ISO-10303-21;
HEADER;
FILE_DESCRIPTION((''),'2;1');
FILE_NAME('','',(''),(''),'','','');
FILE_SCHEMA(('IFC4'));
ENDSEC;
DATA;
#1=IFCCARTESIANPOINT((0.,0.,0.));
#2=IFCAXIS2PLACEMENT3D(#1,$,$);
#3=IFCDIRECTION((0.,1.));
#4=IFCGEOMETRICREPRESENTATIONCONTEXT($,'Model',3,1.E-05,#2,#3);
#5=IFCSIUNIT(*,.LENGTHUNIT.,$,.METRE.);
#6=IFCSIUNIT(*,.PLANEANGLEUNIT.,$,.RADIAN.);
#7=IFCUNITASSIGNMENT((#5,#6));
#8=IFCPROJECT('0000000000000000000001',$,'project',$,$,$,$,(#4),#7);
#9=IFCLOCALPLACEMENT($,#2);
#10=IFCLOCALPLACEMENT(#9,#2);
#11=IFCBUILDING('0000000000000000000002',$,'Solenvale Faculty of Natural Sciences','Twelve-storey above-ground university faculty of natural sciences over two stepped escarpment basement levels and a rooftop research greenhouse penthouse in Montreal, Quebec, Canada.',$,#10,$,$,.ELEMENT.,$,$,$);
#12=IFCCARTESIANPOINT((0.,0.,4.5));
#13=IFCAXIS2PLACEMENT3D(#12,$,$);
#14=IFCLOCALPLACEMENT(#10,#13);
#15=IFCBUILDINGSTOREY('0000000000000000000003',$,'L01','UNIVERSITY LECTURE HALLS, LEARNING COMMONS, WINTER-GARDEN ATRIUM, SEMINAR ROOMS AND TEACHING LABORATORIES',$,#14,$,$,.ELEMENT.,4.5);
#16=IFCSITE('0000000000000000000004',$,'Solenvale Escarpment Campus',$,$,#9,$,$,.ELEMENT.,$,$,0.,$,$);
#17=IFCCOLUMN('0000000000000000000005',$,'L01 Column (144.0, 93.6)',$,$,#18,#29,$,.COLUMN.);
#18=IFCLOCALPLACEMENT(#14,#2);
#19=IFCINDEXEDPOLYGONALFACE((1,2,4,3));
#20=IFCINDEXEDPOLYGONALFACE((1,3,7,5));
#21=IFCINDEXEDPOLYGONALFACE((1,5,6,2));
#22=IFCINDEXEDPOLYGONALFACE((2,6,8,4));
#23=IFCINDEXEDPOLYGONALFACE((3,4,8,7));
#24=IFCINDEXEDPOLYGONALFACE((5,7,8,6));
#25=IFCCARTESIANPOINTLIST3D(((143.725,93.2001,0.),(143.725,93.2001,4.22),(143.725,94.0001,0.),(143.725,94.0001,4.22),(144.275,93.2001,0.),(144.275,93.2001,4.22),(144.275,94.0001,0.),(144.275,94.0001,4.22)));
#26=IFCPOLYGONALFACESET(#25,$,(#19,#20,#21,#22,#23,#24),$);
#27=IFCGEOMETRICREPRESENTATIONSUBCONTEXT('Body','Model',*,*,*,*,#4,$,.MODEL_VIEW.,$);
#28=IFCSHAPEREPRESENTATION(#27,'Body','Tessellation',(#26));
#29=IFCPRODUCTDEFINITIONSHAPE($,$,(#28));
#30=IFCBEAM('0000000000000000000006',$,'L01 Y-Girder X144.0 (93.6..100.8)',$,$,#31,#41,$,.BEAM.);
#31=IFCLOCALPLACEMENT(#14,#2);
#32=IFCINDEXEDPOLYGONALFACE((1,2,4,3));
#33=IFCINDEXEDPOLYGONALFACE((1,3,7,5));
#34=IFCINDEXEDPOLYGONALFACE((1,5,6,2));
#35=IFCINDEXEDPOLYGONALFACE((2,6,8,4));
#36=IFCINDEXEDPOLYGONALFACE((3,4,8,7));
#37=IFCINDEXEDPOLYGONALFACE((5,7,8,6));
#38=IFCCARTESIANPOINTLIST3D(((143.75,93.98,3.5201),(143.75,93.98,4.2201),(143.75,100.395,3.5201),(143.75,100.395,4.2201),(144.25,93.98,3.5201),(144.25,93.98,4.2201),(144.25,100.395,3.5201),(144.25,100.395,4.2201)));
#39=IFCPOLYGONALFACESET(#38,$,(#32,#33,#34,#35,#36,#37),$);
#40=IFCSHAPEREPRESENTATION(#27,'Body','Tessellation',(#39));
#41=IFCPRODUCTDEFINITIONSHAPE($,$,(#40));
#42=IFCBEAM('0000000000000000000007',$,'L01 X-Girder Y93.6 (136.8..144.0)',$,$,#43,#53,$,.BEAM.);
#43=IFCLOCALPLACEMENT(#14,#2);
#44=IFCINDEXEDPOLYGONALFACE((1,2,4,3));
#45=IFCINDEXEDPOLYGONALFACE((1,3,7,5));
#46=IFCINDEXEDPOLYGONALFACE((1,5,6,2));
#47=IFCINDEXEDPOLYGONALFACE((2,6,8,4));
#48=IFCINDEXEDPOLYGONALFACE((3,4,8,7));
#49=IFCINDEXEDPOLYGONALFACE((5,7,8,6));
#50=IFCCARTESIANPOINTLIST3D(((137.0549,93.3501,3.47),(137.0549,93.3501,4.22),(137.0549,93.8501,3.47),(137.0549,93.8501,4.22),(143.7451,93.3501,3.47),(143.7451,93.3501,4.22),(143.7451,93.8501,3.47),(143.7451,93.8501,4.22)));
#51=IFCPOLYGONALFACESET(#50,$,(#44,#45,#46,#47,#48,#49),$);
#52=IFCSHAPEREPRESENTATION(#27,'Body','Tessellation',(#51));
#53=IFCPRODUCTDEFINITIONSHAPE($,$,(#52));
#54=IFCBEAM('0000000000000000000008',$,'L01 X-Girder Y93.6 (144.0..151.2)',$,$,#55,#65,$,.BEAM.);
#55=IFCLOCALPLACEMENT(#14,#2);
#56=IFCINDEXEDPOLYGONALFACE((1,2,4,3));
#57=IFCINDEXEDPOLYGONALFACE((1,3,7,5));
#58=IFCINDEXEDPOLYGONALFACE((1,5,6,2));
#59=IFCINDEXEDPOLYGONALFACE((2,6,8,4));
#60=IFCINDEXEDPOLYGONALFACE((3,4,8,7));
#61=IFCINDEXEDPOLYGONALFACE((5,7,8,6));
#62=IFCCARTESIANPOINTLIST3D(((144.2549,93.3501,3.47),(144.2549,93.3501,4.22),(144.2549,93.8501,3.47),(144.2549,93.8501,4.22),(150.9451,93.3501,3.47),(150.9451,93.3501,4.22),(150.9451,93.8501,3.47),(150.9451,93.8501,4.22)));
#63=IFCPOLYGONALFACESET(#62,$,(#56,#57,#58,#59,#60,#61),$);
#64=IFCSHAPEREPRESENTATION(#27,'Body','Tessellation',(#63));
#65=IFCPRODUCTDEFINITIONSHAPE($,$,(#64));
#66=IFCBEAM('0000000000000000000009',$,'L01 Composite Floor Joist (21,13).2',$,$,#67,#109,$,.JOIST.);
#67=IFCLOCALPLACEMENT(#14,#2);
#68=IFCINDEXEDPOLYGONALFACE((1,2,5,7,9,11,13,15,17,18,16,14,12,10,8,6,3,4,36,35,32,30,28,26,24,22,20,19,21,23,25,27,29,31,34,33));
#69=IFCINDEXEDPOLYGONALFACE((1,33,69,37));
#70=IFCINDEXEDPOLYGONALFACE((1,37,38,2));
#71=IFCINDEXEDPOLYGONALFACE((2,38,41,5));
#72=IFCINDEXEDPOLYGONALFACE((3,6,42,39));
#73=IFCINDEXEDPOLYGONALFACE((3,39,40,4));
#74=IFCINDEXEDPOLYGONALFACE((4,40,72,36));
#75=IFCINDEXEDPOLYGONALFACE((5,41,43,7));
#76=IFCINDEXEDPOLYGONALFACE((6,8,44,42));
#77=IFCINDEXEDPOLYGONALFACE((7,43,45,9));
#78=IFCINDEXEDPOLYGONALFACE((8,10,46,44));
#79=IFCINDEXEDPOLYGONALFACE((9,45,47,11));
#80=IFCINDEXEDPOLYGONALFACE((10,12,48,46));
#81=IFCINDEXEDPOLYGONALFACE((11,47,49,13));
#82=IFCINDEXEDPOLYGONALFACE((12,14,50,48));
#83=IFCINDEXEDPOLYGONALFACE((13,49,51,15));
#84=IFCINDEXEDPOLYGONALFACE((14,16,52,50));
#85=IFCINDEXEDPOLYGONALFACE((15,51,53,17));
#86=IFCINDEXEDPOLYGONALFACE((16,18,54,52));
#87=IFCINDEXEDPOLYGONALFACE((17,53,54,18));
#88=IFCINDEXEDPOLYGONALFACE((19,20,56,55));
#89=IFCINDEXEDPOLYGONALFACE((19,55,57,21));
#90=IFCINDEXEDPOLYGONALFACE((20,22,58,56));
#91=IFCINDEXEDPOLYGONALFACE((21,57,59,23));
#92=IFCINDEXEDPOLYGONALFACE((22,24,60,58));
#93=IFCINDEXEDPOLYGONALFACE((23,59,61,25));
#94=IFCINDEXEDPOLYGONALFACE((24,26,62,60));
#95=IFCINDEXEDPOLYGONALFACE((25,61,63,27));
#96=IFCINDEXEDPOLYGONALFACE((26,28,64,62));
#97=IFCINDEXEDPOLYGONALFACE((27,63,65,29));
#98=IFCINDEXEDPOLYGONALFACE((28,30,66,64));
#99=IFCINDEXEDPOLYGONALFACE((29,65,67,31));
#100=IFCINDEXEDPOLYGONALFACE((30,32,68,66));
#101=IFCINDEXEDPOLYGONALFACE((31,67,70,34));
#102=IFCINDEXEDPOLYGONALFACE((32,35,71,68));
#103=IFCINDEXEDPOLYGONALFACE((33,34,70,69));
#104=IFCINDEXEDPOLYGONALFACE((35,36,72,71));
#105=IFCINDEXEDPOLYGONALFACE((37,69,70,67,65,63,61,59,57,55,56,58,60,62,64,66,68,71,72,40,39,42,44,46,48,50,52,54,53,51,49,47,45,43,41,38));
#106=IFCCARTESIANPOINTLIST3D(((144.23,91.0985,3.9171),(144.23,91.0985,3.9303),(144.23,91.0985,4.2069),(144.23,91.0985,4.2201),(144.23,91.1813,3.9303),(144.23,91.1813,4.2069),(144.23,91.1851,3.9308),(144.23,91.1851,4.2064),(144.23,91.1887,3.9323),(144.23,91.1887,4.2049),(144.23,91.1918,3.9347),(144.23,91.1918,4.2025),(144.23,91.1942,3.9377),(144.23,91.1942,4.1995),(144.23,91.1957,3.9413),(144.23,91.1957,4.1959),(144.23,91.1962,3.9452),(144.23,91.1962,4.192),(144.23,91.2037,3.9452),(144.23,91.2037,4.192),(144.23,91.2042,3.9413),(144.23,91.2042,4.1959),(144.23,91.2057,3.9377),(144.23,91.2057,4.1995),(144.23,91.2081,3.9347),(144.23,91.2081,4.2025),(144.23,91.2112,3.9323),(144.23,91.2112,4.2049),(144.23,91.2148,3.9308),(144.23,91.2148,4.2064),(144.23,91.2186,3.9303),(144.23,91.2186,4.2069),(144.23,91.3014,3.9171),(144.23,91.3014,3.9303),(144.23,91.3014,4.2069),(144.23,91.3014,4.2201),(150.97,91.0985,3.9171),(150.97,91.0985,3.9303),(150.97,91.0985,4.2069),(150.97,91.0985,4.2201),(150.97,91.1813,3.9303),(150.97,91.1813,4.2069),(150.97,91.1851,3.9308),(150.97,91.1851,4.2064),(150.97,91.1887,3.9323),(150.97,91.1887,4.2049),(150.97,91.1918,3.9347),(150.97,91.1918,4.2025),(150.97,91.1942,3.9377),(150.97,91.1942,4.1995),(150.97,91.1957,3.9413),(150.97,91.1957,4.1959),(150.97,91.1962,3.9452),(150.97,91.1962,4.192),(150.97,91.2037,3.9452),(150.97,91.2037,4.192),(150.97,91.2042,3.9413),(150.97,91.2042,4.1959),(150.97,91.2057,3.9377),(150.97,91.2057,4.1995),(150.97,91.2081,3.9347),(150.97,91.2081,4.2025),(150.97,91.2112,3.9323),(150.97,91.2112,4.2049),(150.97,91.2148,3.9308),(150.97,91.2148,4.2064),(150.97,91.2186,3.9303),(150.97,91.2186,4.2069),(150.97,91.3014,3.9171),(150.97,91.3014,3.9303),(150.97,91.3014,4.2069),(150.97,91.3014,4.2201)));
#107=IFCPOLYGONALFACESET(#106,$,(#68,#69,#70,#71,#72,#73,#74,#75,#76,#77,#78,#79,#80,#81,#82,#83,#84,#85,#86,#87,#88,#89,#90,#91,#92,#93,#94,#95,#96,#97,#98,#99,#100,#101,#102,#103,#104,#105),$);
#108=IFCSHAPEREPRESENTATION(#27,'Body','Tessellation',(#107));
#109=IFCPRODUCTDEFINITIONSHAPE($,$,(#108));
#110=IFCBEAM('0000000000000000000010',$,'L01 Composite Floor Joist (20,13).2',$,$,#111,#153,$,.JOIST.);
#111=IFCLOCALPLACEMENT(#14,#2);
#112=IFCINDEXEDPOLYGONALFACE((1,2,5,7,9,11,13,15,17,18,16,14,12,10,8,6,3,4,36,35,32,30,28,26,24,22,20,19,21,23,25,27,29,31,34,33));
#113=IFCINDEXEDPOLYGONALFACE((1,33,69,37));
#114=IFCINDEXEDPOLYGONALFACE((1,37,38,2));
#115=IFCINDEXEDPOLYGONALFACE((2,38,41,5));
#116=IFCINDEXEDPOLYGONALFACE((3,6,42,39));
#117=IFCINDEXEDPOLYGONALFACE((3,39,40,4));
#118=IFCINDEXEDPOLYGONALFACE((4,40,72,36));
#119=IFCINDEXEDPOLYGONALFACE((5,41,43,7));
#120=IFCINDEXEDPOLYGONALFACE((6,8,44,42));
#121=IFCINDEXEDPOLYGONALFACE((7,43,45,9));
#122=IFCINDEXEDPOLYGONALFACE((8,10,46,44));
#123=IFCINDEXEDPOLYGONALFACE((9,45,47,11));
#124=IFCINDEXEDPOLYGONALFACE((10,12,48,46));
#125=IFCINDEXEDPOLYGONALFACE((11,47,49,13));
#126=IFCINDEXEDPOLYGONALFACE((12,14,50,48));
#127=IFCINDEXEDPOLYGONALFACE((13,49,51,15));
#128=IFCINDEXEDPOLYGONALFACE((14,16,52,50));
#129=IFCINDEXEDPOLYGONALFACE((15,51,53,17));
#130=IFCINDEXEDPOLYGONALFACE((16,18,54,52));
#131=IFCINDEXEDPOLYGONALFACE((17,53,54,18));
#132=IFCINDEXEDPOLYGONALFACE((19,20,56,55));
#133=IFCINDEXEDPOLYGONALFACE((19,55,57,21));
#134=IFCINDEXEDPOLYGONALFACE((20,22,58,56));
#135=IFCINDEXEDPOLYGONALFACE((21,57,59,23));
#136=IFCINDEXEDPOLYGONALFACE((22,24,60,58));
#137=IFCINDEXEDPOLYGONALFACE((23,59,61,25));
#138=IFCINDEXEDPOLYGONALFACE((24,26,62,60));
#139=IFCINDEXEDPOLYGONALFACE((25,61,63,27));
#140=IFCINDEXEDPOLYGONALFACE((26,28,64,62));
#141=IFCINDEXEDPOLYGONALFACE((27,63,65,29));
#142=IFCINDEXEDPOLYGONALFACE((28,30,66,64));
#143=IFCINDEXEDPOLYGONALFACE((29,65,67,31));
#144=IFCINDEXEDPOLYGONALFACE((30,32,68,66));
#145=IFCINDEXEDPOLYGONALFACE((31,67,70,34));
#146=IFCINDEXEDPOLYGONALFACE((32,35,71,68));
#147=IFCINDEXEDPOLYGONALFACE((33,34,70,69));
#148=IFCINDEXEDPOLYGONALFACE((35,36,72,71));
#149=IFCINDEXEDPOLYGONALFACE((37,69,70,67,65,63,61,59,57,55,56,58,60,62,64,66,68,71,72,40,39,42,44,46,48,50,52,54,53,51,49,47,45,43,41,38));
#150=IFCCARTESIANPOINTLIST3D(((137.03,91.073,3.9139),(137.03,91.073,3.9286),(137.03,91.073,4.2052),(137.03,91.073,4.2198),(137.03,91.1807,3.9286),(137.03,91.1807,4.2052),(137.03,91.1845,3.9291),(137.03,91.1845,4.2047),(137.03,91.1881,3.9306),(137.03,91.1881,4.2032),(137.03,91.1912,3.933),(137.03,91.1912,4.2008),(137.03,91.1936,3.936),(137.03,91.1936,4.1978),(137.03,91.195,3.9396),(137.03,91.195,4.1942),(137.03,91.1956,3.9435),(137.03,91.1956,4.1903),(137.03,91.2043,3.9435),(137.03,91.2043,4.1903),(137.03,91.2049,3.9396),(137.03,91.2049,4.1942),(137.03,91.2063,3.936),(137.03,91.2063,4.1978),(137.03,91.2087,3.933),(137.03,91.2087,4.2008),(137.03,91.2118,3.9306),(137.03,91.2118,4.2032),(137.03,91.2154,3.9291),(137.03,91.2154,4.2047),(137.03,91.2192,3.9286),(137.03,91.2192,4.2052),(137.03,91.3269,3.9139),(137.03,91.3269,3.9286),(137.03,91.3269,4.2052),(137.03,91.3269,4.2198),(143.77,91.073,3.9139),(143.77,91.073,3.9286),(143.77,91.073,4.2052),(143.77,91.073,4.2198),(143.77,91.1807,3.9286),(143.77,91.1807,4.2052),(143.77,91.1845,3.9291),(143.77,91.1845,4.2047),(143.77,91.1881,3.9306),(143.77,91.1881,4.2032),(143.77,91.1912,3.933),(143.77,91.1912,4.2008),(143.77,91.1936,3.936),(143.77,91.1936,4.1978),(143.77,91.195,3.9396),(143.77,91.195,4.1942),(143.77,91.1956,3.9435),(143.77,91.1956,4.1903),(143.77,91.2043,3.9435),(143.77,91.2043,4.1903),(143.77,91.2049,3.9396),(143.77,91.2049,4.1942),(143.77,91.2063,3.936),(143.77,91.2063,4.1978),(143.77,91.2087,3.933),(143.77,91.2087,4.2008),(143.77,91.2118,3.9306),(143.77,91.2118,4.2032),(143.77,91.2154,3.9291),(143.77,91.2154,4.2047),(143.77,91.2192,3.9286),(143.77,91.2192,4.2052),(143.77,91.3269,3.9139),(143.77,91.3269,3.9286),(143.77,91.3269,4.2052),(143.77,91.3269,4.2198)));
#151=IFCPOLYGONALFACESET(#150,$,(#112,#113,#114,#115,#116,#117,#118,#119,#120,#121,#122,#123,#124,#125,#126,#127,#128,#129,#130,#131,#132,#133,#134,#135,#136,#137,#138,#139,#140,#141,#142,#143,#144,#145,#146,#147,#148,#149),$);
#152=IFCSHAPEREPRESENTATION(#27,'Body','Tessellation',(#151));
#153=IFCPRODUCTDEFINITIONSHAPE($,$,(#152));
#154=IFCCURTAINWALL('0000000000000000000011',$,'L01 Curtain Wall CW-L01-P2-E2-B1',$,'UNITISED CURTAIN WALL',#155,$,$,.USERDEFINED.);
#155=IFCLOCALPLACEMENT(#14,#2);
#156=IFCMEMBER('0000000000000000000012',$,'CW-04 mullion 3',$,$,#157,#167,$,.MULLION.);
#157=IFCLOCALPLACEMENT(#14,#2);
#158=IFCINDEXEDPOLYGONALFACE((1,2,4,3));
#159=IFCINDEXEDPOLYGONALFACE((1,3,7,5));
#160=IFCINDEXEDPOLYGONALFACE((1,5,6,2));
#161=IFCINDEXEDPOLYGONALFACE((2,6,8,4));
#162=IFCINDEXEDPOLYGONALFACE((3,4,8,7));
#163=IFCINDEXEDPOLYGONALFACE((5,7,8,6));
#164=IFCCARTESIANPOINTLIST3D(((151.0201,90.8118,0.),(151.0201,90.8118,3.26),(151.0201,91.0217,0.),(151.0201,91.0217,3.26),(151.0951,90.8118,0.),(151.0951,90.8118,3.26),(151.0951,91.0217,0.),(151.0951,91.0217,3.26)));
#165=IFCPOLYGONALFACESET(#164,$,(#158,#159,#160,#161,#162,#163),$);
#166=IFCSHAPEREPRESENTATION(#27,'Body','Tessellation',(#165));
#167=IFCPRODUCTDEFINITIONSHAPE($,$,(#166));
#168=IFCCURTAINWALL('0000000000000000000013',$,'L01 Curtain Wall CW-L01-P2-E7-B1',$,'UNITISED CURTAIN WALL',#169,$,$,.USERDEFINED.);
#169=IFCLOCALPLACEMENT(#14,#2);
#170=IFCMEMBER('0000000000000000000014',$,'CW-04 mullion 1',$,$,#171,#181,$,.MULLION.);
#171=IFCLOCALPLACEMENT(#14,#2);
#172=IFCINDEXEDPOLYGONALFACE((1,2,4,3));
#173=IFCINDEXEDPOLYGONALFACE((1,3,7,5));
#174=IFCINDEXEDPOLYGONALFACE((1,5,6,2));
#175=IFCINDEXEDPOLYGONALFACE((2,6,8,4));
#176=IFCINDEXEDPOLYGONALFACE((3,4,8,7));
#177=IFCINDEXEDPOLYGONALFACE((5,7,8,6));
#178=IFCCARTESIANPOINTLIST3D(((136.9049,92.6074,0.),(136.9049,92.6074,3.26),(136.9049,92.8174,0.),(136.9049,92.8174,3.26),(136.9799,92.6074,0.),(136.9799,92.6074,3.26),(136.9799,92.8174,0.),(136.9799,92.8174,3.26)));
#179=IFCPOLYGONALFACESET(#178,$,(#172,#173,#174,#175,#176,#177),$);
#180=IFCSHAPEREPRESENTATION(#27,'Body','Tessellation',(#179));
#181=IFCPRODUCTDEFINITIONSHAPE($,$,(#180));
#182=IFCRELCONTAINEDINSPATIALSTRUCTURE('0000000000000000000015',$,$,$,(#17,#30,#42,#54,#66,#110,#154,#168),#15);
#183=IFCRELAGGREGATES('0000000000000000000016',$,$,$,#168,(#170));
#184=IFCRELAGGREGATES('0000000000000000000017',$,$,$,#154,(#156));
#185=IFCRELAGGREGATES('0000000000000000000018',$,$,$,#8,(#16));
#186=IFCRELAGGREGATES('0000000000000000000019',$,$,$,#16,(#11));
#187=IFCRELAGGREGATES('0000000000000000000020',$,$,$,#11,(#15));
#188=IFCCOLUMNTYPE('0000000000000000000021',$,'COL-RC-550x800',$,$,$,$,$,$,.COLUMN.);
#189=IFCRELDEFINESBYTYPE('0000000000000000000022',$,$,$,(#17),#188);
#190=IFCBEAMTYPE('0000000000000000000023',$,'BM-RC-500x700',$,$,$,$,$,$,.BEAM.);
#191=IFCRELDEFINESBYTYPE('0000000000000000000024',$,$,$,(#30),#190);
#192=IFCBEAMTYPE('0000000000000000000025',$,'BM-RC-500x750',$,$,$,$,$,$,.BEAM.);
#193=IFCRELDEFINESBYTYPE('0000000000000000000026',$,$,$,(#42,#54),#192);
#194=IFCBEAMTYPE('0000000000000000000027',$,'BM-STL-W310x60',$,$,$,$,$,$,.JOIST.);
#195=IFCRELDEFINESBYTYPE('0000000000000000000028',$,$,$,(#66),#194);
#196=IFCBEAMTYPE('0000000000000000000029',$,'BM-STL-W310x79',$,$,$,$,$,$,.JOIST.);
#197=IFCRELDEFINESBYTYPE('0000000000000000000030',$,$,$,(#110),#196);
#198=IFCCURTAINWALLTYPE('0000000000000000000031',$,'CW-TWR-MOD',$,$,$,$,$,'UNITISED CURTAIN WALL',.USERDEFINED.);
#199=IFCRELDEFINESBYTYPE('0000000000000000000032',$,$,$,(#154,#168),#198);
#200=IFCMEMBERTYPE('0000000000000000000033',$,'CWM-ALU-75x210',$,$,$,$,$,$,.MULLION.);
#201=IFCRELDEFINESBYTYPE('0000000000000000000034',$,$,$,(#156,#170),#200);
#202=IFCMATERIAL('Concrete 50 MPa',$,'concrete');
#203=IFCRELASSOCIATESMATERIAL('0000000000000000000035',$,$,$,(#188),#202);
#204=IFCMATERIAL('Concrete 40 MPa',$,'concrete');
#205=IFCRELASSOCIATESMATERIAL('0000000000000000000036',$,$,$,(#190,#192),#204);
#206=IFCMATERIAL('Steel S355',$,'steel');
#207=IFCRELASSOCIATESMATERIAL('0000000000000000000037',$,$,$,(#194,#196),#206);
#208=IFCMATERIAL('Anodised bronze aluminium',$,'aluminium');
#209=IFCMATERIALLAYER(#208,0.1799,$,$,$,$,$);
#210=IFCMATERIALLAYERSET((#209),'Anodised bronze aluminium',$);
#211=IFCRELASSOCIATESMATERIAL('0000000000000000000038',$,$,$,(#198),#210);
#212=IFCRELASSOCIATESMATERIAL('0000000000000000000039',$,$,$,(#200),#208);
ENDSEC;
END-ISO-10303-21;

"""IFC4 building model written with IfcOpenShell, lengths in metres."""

from ifc_helpers import new_model, si_unit, direction, frame, origin, origin_2d, place, context, subcontext, project, spatial, rectangle, i_section, extrude, material, layer, layer_set, material_profile, profile_set, type_object, element, aggregate, save


model = new_model("IFC4")

# Units and contexts
model_context = context("Model", 3, precision=1e-05, world=origin(), true_north=direction((0.0, 1.0)))
body_context = subcontext(model_context, "Body", "Model", "MODEL_VIEW")
ifc_project = project(units=[si_unit("LENGTHUNIT", "METRE"), si_unit("PLANEANGLEUNIT", "RADIAN")], contexts=[model_context])

# Site, building, storey
site_placement = place(None, origin())
site = spatial("IfcSite", under=ifc_project, at=site_placement, Name="Solenvale Escarpment Campus", CompositionType="ELEMENT", RefElevation=0.0)
building_placement = place(site_placement, origin())
building = spatial("IfcBuilding", under=site, at=building_placement, Name="Solenvale Faculty of Natural Sciences", Description="Twelve-storey above-ground university faculty of natural sciences over two stepped escarpment basement levels and a rooftop research greenhouse penthouse in Montreal, Quebec, Canada.", CompositionType="ELEMENT")
storey_placement = place(building_placement, frame((0.0, 0.0, 4.5)))
storey = spatial("IfcBuildingStorey", under=building, at=storey_placement, Name="L01", Description="UNIVERSITY LECTURE HALLS, LEARNING COMMONS, WINTER-GARDEN ATRIUM, SEMINAR ROOMS AND TEACHING LABORATORIES", CompositionType="ELEMENT", Elevation=4.5)

# Column
ifc_material_1 = material(Name="Concrete 50 MPa", Category="concrete")
ifc_material_profile_1 = material_profile(ifc_material_1, rectangle(XDim=0.55, YDim=0.8, at=origin_2d()), Name="RC-COL-550x800")
ifc_profile_set_1 = profile_set([ifc_material_profile_1], Name="Concrete 50 MPa")
column_type = type_object("IfcColumnType", Name="COL-RC-550x800", PredefinedType="COLUMN", material=ifc_profile_set_1)
column_placement = place(storey_placement, frame((144.0, 93.6001, 0.0), z_axis=(0.0, 0.0, 1.0), x_axis=(1.0, 0.0, 0.0)))
element("IfcColumn", 1, at=column_placement, inside=storey, type_object=column_type, Name="L01 Column (144.0, 93.6)", PredefinedType="COLUMN", context=body_context, shape_type="SweptSolid", body=[
    extrude(rectangle(XDim=0.55, YDim=0.8, at=origin_2d()), origin(), (0.0, 0.0, 1.0), 4.22),
])

# Beams
ifc_material_2 = material(Name="Concrete 40 MPa", Category="concrete")
ifc_material_profile_2 = material_profile(ifc_material_2, rectangle(XDim=0.5, YDim=0.7, at=origin_2d()), Name="RC-BM-500x700")
ifc_profile_set_2 = profile_set([ifc_material_profile_2], Name="Concrete 40 MPa")
beam_type_1 = type_object("IfcBeamType", Name="BM-RC-500x700", PredefinedType="BEAM", material=ifc_profile_set_2)
beam_1_placement = place(storey_placement, frame((144.0, 93.98, 3.8701), z_axis=(0.0, 1.0, 0.0), x_axis=(-1.0, 0.0, 0.0)))
element("IfcBeam", 2, at=beam_1_placement, inside=storey, type_object=beam_type_1, Name="L01 Y-Girder X144.0 (93.6..100.8)", PredefinedType="BEAM", context=body_context, shape_type="SweptSolid", body=[
    extrude(rectangle(XDim=0.5, YDim=0.7, at=origin_2d()), origin(), (0.0, 0.0, 1.0), 6.415),
])
ifc_material_profile_3 = material_profile(ifc_material_2, rectangle(XDim=0.5, YDim=0.75, at=origin_2d()), Name="RC-BM-500x750")
ifc_profile_set_3 = profile_set([ifc_material_profile_3], Name="Concrete 40 MPa")
beam_type_2 = type_object("IfcBeamType", Name="BM-RC-500x750", PredefinedType="BEAM", material=ifc_profile_set_3)
for number, where, z_axis, x_axis, name in (
    (3, (137.0549, 93.6001, 3.845), (1.0, 0.0, 0.0), (0.0, 1.0, 0.0), "L01 X-Girder Y93.6 (136.8..144.0)"),
    (4, (144.2549, 93.6001, 3.845), (1.0, 0.0, 0.0), (0.0, 1.0, 0.0), "L01 X-Girder Y93.6 (144.0..151.2)"),
):
    element("IfcBeam", number, at=place(storey_placement, frame(where, z_axis=z_axis, x_axis=x_axis)), inside=storey, type_object=beam_type_2, Name=name, PredefinedType="BEAM", context=body_context, shape_type="SweptSolid", body=[
        extrude(rectangle(XDim=0.5, YDim=0.75, at=origin_2d()), origin(), (0.0, 0.0, 1.0), 6.6902),
    ])
ifc_material_3 = material(Name="Steel S355", Category="steel")
ifc_material_profile_4 = material_profile(ifc_material_3, i_section(OverallWidth=0.2029, OverallDepth=0.303, WebThickness=0.0076, FlangeThickness=0.0132, FilletRadius=0.0149, at=origin_2d()), Name="W310x60")
ifc_profile_set_4 = profile_set([ifc_material_profile_4], Name="Steel S355")
beam_type_3 = type_object("IfcBeamType", Name="BM-STL-W310x60", PredefinedType="JOIST", material=ifc_profile_set_4)
beam_2_placement = place(storey_placement, frame((144.23, 91.2, 4.0686), z_axis=(1.0, 0.0, 0.0), x_axis=(0.0, 1.0, 0.0)))
element("IfcBeam", 5, at=beam_2_placement, inside=storey, type_object=beam_type_3, Name="L01 Composite Floor Joist (21,13).2", PredefinedType="JOIST", context=body_context, shape_type="SweptSolid", body=[
    extrude(i_section(OverallWidth=0.2029, OverallDepth=0.303, WebThickness=0.0076, FlangeThickness=0.0132, FilletRadius=0.0149, at=origin_2d()), origin(), (0.0, 0.0, 1.0), 6.74),
])
ifc_material_profile_5 = material_profile(ifc_material_3, i_section(OverallWidth=0.2539, OverallDepth=0.3059, WebThickness=0.0088, FlangeThickness=0.0146, FilletRadius=0.0149, at=origin_2d()), Name="W310x79")
ifc_profile_set_5 = profile_set([ifc_material_profile_5], Name="Steel S355")
beam_type_4 = type_object("IfcBeamType", Name="BM-STL-W310x79", PredefinedType="JOIST", material=ifc_profile_set_5)
beam_3_placement = place(storey_placement, frame((137.03, 91.2, 4.0669), z_axis=(1.0, 0.0, 0.0), x_axis=(0.0, 1.0, 0.0)))
element("IfcBeam", 6, at=beam_3_placement, inside=storey, type_object=beam_type_4, Name="L01 Composite Floor Joist (20,13).2", PredefinedType="JOIST", context=body_context, shape_type="SweptSolid", body=[
    extrude(i_section(OverallWidth=0.2539, OverallDepth=0.3059, WebThickness=0.0088, FlangeThickness=0.0146, FilletRadius=0.0149, at=origin_2d()), origin(), (0.0, 0.0, 1.0), 6.74),
])

# Curtain walls, members
ifc_material_4 = material(Name="Anodised bronze aluminium", Category="aluminium")
ifc_layer_1 = layer(ifc_material_4, 0.1799)
ifc_layer_set_1 = layer_set([ifc_layer_1], Name="Anodised bronze aluminium")
curtain_wall_type = type_object("IfcCurtainWallType", Name="CW-TWR-MOD", ElementType="UNITISED CURTAIN WALL", PredefinedType="USERDEFINED", material=ifc_layer_set_1)
curtain_wall_1_placement = place(storey_placement, origin())
curtain_wall_1 = element("IfcCurtainWall", 7, at=curtain_wall_1_placement, inside=storey, type_object=curtain_wall_type, Name="L01 Curtain Wall CW-L01-P2-E2-B1", ObjectType="UNITISED CURTAIN WALL", PredefinedType="USERDEFINED")
ifc_material_profile_6 = material_profile(ifc_material_4, rectangle(XDim=0.075, YDim=0.21, at=origin_2d()), Name="ALU-MUL-75x210")
ifc_profile_set_6 = profile_set([ifc_material_profile_6], Name="Anodised bronze aluminium")
member_type_1 = type_object("IfcMemberType", Name="CWM-ALU-75x210", PredefinedType="MULLION", material=ifc_profile_set_6)
member_1_placement = place(storey_placement, frame((151.0576, 90.9167, 0.0), z_axis=(0.0, 0.0, 1.0), x_axis=(-1.0, 0.0, 0.0)))
member_1 = element("IfcMember", 8, at=member_1_placement, type_object=member_type_1, Name="CW-04 mullion 3", PredefinedType="MULLION", context=body_context, shape_type="SweptSolid", body=[
    extrude(rectangle(XDim=0.075, YDim=0.21, at=origin_2d()), origin(), (0.0, 0.0, 1.0), 3.26),
])
curtain_wall_2_placement = place(storey_placement, origin())
curtain_wall_2 = element("IfcCurtainWall", 9, at=curtain_wall_2_placement, inside=storey, type_object=curtain_wall_type, Name="L01 Curtain Wall CW-L01-P2-E7-B1", ObjectType="UNITISED CURTAIN WALL", PredefinedType="USERDEFINED")
member_2_placement = place(storey_placement, frame((136.9424, 92.7124, 0.0), z_axis=(0.0, 0.0, 1.0), x_axis=(1.0, 0.0, 0.0)))
member_2 = element("IfcMember", 10, at=member_2_placement, type_object=member_type_1, Name="CW-04 mullion 1", PredefinedType="MULLION", context=body_context, shape_type="SweptSolid", body=[
    extrude(rectangle(XDim=0.075, YDim=0.21, at=origin_2d()), origin(), (0.0, 0.0, 1.0), 3.26),
])

aggregate(curtain_wall_2, [member_2])

aggregate(curtain_wall_1, [member_1])

save(model, "model.ifc")
